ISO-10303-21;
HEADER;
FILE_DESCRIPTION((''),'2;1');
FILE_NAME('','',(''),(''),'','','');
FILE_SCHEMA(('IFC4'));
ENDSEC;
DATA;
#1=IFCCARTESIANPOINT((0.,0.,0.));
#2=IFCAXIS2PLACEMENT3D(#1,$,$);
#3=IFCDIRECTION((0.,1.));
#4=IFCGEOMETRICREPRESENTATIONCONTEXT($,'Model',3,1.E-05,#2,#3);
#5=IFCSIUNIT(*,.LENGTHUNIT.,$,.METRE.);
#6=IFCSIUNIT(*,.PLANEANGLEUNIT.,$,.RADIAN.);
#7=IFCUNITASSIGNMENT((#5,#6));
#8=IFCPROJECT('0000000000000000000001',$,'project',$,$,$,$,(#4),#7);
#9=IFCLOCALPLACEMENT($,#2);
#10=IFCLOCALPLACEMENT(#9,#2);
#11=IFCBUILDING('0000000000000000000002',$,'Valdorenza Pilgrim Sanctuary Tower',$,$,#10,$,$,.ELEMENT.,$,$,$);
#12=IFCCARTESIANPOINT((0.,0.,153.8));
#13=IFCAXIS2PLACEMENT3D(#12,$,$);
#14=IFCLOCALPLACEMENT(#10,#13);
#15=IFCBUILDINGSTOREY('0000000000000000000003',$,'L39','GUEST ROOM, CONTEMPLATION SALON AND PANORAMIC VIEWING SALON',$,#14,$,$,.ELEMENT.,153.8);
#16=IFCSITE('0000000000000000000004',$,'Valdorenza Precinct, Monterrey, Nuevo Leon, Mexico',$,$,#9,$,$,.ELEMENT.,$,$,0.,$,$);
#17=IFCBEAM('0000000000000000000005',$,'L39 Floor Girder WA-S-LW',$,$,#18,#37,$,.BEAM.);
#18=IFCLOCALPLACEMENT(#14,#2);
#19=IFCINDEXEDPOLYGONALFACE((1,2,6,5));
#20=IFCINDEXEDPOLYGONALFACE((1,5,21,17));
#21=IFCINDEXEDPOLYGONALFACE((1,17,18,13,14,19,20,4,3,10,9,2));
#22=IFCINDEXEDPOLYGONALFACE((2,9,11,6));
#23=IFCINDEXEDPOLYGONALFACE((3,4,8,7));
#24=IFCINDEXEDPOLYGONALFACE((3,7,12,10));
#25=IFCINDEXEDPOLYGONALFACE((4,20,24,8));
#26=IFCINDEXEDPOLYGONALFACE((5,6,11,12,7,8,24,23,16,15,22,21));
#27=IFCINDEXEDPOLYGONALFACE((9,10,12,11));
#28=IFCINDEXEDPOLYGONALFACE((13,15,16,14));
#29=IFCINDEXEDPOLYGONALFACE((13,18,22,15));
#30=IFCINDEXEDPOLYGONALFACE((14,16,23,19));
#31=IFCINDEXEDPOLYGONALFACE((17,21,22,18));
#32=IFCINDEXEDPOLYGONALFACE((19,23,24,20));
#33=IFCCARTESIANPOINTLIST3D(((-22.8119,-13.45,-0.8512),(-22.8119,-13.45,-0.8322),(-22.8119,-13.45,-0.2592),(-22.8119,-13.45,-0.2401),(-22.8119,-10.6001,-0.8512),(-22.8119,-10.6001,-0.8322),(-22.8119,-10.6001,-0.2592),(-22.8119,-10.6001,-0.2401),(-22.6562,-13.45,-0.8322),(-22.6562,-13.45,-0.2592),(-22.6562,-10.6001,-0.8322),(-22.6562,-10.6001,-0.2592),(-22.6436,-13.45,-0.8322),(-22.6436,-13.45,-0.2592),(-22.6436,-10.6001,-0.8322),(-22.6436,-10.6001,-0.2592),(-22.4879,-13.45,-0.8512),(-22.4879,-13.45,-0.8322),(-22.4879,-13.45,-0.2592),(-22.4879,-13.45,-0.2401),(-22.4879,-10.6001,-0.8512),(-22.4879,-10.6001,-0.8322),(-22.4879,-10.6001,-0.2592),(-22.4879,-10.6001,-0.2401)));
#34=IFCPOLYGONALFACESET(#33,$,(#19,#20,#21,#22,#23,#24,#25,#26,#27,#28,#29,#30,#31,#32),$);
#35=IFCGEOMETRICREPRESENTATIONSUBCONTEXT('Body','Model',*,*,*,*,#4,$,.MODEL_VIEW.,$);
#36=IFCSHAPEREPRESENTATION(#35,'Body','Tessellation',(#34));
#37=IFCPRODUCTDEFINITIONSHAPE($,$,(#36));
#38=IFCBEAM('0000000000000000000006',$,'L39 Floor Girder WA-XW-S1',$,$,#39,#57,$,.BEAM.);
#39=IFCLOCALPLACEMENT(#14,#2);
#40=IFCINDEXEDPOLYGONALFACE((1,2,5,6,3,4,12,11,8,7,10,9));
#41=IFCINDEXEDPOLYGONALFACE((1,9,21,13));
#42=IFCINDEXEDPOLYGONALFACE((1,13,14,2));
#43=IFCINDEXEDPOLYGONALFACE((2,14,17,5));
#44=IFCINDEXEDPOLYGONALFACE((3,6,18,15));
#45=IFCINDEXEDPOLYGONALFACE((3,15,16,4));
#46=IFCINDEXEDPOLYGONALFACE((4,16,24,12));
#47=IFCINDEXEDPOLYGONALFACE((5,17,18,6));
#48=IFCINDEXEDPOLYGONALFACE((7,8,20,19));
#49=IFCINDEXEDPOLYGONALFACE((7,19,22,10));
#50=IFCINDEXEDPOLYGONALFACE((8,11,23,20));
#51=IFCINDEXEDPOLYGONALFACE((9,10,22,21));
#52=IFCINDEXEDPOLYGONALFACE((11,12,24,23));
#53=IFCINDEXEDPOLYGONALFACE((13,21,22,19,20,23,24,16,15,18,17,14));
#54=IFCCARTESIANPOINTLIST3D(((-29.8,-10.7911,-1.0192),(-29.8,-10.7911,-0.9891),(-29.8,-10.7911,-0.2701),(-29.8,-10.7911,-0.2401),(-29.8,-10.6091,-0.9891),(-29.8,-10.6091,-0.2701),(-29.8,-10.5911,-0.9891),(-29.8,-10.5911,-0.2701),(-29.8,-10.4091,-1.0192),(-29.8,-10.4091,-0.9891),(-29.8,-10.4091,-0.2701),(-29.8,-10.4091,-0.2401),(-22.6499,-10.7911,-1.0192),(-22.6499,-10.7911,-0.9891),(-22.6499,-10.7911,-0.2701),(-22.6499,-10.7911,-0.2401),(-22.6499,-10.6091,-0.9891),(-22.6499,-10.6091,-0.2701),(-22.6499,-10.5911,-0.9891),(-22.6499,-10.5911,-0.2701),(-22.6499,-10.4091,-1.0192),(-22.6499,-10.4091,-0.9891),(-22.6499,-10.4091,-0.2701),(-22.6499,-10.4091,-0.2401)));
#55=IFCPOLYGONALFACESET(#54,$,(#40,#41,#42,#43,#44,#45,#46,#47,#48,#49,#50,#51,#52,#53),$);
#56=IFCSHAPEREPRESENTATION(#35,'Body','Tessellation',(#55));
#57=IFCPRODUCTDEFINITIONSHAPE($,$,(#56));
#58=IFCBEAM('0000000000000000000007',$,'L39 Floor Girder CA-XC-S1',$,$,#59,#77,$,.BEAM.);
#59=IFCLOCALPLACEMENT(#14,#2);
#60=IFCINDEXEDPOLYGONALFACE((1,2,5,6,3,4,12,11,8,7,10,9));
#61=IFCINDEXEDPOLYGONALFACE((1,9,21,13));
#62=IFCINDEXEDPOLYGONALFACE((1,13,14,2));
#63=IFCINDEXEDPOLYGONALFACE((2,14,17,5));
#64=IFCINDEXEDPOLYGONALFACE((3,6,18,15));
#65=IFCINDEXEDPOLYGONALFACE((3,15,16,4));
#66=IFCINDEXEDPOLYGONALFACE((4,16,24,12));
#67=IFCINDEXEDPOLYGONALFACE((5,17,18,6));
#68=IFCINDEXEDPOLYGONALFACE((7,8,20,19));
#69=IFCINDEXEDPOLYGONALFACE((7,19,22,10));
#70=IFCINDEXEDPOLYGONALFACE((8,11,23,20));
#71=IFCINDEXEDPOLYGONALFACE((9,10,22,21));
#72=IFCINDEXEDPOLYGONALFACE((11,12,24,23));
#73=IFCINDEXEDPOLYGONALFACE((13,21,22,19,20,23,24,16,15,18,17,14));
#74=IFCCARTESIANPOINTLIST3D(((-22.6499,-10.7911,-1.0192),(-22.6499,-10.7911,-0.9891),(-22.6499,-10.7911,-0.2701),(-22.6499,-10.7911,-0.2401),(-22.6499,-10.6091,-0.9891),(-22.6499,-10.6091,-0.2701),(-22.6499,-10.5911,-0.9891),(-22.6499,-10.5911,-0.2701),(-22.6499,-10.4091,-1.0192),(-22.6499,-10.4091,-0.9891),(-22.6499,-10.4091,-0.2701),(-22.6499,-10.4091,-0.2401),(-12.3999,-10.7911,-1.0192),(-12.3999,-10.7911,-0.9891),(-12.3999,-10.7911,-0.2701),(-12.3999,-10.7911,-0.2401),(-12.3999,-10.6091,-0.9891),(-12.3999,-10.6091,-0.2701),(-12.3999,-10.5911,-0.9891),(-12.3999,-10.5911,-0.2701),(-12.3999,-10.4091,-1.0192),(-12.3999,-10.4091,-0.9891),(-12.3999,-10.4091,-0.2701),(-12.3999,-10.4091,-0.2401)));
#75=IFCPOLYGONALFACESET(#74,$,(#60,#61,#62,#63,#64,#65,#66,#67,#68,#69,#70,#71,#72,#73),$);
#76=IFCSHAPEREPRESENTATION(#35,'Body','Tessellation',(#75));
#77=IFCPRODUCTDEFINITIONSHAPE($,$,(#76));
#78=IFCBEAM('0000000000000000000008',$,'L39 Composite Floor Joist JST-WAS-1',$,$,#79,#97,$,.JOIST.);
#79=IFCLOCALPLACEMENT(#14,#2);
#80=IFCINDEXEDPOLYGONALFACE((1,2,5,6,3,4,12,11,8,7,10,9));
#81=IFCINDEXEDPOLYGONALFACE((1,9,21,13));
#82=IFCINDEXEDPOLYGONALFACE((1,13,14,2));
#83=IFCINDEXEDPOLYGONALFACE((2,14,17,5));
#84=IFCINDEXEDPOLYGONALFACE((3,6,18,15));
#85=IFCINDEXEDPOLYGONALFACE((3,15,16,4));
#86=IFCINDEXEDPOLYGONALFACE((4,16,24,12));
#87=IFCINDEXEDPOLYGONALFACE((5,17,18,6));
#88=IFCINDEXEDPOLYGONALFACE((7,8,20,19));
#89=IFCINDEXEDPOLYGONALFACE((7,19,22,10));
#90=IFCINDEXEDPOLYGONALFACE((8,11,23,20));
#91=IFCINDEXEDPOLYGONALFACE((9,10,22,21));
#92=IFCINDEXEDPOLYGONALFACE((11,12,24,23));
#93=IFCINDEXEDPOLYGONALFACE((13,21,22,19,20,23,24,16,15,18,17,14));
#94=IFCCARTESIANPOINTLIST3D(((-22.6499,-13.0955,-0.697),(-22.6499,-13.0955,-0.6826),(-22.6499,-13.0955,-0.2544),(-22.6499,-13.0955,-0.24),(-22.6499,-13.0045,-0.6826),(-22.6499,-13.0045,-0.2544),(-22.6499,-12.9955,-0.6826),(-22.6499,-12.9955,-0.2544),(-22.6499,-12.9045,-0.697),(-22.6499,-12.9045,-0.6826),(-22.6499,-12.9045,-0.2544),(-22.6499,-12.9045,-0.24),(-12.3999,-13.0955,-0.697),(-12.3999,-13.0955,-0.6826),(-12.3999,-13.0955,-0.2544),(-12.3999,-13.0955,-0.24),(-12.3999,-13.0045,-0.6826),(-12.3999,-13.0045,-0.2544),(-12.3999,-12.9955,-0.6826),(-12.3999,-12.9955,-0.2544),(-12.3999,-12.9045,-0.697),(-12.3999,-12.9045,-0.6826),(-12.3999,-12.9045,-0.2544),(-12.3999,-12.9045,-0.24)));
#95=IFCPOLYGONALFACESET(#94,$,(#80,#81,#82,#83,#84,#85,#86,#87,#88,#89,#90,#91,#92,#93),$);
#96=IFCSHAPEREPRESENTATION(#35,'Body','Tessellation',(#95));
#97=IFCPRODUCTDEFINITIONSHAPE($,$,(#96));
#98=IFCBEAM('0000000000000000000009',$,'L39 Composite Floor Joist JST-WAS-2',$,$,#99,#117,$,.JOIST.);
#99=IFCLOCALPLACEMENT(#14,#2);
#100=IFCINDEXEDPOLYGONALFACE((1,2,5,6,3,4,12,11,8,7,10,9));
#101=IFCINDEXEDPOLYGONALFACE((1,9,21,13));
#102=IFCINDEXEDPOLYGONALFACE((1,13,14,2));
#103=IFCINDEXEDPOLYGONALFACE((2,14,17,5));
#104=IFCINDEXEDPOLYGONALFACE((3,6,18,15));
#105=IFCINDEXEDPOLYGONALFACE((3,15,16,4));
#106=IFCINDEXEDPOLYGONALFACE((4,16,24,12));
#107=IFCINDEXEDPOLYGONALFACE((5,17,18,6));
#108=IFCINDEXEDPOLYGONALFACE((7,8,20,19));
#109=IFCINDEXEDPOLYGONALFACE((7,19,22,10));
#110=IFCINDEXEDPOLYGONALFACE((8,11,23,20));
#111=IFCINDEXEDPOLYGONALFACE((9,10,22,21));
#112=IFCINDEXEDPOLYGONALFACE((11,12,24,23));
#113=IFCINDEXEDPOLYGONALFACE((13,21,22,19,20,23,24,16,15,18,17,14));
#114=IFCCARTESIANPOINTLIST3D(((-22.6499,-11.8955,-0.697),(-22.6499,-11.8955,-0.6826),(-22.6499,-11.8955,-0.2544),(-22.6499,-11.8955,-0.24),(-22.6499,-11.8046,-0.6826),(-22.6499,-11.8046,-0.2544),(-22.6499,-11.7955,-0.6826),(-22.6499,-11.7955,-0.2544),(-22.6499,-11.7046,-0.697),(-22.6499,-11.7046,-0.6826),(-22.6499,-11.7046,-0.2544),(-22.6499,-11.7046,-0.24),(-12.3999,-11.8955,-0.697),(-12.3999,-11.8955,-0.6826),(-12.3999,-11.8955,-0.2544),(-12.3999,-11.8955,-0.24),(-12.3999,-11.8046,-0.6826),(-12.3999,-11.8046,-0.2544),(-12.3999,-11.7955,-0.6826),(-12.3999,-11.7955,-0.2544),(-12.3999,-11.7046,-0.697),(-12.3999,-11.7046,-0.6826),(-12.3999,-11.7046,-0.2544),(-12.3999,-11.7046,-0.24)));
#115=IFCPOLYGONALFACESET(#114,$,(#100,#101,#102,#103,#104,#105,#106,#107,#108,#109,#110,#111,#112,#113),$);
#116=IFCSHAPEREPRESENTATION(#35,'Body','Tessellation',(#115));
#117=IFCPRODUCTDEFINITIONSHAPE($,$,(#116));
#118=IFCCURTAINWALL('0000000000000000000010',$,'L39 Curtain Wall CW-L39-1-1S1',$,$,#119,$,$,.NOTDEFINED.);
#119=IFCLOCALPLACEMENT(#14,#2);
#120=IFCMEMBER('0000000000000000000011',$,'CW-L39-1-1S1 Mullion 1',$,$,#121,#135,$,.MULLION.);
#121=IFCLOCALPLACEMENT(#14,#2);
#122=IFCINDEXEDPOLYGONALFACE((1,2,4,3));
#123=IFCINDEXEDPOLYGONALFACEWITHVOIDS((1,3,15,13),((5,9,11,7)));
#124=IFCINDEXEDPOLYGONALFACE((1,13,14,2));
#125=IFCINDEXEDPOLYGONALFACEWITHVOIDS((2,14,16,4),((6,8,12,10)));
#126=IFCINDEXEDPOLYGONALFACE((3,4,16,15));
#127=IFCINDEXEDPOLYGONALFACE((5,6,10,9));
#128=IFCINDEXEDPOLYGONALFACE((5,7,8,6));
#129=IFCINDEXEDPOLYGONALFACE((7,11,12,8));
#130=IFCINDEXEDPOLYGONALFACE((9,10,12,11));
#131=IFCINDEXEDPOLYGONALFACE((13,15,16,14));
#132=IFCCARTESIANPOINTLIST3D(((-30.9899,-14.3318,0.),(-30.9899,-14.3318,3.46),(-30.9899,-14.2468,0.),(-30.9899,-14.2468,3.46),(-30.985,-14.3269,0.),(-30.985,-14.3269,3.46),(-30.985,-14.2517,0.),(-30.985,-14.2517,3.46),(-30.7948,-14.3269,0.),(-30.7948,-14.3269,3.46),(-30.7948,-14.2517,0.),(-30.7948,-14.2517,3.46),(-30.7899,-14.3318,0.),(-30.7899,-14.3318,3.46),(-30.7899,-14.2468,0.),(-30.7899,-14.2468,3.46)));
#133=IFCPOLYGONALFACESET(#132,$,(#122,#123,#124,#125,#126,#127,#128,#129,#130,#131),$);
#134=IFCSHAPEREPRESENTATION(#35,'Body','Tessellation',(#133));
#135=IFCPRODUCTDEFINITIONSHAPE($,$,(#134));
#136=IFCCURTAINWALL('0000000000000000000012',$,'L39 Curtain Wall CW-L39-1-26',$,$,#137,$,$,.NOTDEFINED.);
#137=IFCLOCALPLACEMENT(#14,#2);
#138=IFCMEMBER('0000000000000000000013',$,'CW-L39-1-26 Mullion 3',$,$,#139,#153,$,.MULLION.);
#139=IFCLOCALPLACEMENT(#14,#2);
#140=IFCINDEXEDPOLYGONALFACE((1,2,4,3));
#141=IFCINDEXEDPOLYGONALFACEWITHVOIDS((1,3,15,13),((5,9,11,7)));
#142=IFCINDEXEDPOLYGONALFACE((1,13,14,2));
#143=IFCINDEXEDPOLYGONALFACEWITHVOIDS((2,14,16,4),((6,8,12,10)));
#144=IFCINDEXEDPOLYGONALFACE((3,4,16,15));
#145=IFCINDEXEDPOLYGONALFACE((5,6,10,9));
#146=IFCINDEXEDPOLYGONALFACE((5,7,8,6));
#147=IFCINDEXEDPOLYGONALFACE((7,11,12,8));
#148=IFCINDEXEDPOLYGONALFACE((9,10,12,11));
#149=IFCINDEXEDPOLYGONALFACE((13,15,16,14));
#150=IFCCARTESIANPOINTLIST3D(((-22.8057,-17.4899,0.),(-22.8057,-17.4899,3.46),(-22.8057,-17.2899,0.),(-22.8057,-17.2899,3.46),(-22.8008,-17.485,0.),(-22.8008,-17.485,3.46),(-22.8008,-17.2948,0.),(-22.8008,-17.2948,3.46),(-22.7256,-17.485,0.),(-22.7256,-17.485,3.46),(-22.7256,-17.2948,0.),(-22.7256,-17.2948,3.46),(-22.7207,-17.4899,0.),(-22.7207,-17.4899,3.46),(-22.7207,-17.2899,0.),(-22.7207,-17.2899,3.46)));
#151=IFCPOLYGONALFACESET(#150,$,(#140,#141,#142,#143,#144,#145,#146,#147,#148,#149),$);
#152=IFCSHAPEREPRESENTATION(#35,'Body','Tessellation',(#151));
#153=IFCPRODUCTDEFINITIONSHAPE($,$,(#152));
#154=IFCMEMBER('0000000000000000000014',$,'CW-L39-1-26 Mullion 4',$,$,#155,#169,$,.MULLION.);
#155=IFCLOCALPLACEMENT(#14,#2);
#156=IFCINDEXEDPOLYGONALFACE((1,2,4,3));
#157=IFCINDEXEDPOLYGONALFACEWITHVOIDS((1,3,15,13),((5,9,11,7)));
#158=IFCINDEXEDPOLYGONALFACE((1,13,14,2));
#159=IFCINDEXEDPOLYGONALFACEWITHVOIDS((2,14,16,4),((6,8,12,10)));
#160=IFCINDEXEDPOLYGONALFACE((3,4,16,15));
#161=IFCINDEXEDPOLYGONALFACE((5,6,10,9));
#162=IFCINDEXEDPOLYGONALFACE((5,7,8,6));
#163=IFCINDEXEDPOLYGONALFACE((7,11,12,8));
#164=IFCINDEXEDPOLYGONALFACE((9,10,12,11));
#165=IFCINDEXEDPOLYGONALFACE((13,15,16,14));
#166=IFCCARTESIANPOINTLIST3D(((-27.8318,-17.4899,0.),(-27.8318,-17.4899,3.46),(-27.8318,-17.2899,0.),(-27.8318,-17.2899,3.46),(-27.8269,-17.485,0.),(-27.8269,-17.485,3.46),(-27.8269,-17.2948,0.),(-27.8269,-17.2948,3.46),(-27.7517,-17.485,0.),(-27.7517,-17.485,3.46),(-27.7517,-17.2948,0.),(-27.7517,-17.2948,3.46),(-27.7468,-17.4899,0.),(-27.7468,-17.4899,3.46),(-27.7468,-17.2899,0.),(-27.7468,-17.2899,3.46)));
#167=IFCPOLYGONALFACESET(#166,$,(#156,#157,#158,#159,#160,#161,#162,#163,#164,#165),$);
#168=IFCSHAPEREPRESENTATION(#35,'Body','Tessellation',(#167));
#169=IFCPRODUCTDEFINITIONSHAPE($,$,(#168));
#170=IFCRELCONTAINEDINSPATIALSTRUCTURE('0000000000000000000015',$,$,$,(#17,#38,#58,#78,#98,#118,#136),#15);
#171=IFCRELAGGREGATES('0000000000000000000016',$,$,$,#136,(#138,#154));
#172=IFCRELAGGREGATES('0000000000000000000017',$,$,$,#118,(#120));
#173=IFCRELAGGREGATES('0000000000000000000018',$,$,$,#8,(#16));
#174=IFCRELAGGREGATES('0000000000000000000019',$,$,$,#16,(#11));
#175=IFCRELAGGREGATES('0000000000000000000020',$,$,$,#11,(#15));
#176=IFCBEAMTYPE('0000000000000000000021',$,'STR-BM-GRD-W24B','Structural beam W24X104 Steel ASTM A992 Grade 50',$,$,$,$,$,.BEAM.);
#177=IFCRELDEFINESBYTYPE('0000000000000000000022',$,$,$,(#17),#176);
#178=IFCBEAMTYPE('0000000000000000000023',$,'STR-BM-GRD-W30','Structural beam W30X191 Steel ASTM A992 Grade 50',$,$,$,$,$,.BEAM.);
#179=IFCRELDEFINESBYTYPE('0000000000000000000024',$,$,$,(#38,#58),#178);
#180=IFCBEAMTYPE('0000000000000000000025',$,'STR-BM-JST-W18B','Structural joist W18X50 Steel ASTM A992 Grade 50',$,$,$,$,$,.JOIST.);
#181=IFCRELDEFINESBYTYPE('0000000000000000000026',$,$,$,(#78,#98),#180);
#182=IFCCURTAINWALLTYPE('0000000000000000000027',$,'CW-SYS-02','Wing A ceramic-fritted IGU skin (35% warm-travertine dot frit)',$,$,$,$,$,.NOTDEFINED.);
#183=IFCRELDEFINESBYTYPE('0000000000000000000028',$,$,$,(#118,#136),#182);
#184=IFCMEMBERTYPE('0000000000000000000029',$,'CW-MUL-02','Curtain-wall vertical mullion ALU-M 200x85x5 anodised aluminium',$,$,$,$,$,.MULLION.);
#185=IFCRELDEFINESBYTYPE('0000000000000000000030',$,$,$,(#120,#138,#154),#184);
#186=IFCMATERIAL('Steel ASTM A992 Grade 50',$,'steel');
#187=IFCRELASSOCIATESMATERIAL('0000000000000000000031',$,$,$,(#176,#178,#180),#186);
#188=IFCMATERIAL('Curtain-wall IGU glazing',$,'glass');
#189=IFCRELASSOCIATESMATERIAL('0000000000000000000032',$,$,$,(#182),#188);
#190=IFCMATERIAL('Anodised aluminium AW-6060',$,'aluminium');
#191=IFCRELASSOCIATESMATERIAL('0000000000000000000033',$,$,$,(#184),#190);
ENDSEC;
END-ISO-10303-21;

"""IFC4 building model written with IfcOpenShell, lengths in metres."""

from ifc_helpers import new_model, si_unit, direction, frame, origin, origin_2d, place, context, subcontext, project, spatial, hollow_rectangle, i_section, extrude, source, transform, mapped, material, material_profile, profile_set, type_object, element, aggregate, save


model = new_model("IFC4")

# Units and contexts
model_context = context("Model", 3, precision=1e-05, world=origin(), true_north=direction((0.0, 1.0)))
body_context = subcontext(model_context, "Body", "Model", "MODEL_VIEW")
ifc_project = project(units=[si_unit("LENGTHUNIT", "METRE"), si_unit("PLANEANGLEUNIT", "RADIAN")], contexts=[model_context])

# Site, building, storey
site_placement = place(None, origin())
site = spatial("IfcSite", under=ifc_project, at=site_placement, Name="Valdorenza Precinct, Monterrey, Nuevo Leon, Mexico", CompositionType="ELEMENT", RefElevation=0.0)
building_placement = place(site_placement, origin())
building = spatial("IfcBuilding", under=site, at=building_placement, Name="Valdorenza Pilgrim Sanctuary Tower", CompositionType="ELEMENT")
storey_placement = place(building_placement, frame((0.0, 0.0, 153.8)))
storey = spatial("IfcBuildingStorey", under=building, at=storey_placement, Name="L39", Description="GUEST ROOM, CONTEMPLATION SALON AND PANORAMIC VIEWING SALON", CompositionType="ELEMENT", Elevation=153.8)

# Shared definitions
ifc_material_1 = material(Name="Steel ASTM A992 Grade 50", Category="steel")

# Beams
ifc_material_profile_1 = material_profile(ifc_material_1, i_section(OverallWidth=0.324, OverallDepth=0.6111, WebThickness=0.0127, FlangeThickness=0.019, at=origin_2d()), Name="W24X104")
ifc_profile_set_1 = profile_set([ifc_material_profile_1], Name="Steel ASTM A992 Grade 50")
beam_type_1 = type_object("IfcBeamType", Name="STR-BM-GRD-W24B", Description="Structural beam W24X104 Steel ASTM A992 Grade 50", PredefinedType="BEAM", material=ifc_profile_set_1)
shared_shape_1 = source(origin(), body_context, "Body", "SweptSolid", [
    extrude(i_section(OverallWidth=0.324, OverallDepth=0.6111, WebThickness=0.0127, FlangeThickness=0.019, at=origin_2d()), origin(), (0.0, 0.0, 1.0), 2.8499),
])
beam_1_placement = place(storey_placement, frame((-22.6499, -13.45, -0.5457), z_axis=(0.0, 1.0, 0.0), x_axis=(-1.0, 0.0, 0.0)))
element("IfcBeam", 1, at=beam_1_placement, inside=storey, type_object=beam_type_1, Name="L39 Floor Girder WA-S-LW", PredefinedType="BEAM", context=body_context, shape_type="MappedRepresentation", body=[
    mapped(shared_shape_1, transform((0.0, 0.0, 0.0), x_axis=(1.0, 0.0, 0.0), y_axis=(0.0, 1.0, 0.0), z_axis=(0.0, 0.0, 1.0), scale=1.0)),
])
ifc_material_profile_2 = material_profile(ifc_material_1, i_section(OverallWidth=0.3821, OverallDepth=0.7791, WebThickness=0.0181, FlangeThickness=0.03, at=origin_2d()), Name="W30X191")
ifc_profile_set_2 = profile_set([ifc_material_profile_2], Name="Steel ASTM A992 Grade 50")
beam_type_2 = type_object("IfcBeamType", Name="STR-BM-GRD-W30", Description="Structural beam W30X191 Steel ASTM A992 Grade 50", PredefinedType="BEAM", material=ifc_profile_set_2)
shared_shape_2 = source(origin(), body_context, "Body", "SweptSolid", [
    extrude(i_section(OverallWidth=0.3821, OverallDepth=0.7791, WebThickness=0.0181, FlangeThickness=0.03, at=origin_2d()), origin(), (0.0, 0.0, 1.0), 7.1501),
])
beam_2_placement = place(storey_placement, frame((-29.8, -10.6001, -0.6296), z_axis=(1.0, 0.0, 0.0), x_axis=(0.0, 1.0, 0.0)))
element("IfcBeam", 2, at=beam_2_placement, inside=storey, type_object=beam_type_2, Name="L39 Floor Girder WA-XW-S1", PredefinedType="BEAM", context=body_context, shape_type="MappedRepresentation", body=[
    mapped(shared_shape_2, transform((0.0, 0.0, 0.0), x_axis=(1.0, 0.0, 0.0), y_axis=(0.0, 1.0, 0.0), z_axis=(0.0, 0.0, 1.0), scale=1.0)),
])
shared_shape_3 = source(origin(), body_context, "Body", "SweptSolid", [
    extrude(i_section(OverallWidth=0.3821, OverallDepth=0.7791, WebThickness=0.0181, FlangeThickness=0.03, at=origin_2d()), origin(), (0.0, 0.0, 1.0), 10.25),
])
beam_3_placement = place(storey_placement, frame((-22.6499, -10.6001, -0.6296), z_axis=(1.0, 0.0, 0.0), x_axis=(0.0, 1.0, 0.0)))
element("IfcBeam", 3, at=beam_3_placement, inside=storey, type_object=beam_type_2, Name="L39 Floor Girder CA-XC-S1", PredefinedType="BEAM", context=body_context, shape_type="MappedRepresentation", body=[
    mapped(shared_shape_3, transform((0.0, 0.0, 0.0), x_axis=(1.0, 0.0, 0.0), y_axis=(0.0, 1.0, 0.0), z_axis=(0.0, 0.0, 1.0), scale=1.0)),
])
ifc_material_profile_3 = material_profile(ifc_material_1, i_section(OverallWidth=0.1909, OverallDepth=0.457, WebThickness=0.009, FlangeThickness=0.0144, at=origin_2d()), Name="W18X50")
ifc_profile_set_3 = profile_set([ifc_material_profile_3], Name="Steel ASTM A992 Grade 50")
beam_type_3 = type_object("IfcBeamType", Name="STR-BM-JST-W18B", Description="Structural joist W18X50 Steel ASTM A992 Grade 50", PredefinedType="JOIST", material=ifc_profile_set_3)
shared_shape_4 = source(origin(), body_context, "Body", "SweptSolid", [
    extrude(i_section(OverallWidth=0.1909, OverallDepth=0.457, WebThickness=0.009, FlangeThickness=0.0144, at=origin_2d()), origin(), (0.0, 0.0, 1.0), 10.25),
])
for number, where, z_axis, x_axis, name in (
    (4, (-22.6499, -13.0, -0.4685), (1.0, 0.0, 0.0), (0.0, 1.0, 0.0), "L39 Composite Floor Joist JST-WAS-1"),
    (5, (-22.6499, -11.8, -0.4685), (1.0, 0.0, 0.0), (0.0, 1.0, 0.0), "L39 Composite Floor Joist JST-WAS-2"),
):
    element("IfcBeam", number, at=place(storey_placement, frame(where, z_axis=z_axis, x_axis=x_axis)), inside=storey, type_object=beam_type_3, Name=name, PredefinedType="JOIST", context=body_context, shape_type="MappedRepresentation", body=[
        mapped(shared_shape_4, transform((0.0, 0.0, 0.0), x_axis=(1.0, 0.0, 0.0), y_axis=(0.0, 1.0, 0.0), z_axis=(0.0, 0.0, 1.0), scale=1.0)),
    ])

# Curtain wall, member
ifc_material_2 = material(Name="Curtain-wall IGU glazing", Category="glass")
curtain_wall_type = type_object("IfcCurtainWallType", Name="CW-SYS-02", Description="Wing A ceramic-fritted IGU skin (35% warm-travertine dot frit)", PredefinedType="NOTDEFINED", material=ifc_material_2)
curtain_wall_1_placement = place(storey_placement, origin())
curtain_wall_1 = element("IfcCurtainWall", 6, at=curtain_wall_1_placement, inside=storey, type_object=curtain_wall_type, Name="L39 Curtain Wall CW-L39-1-1S1", PredefinedType="NOTDEFINED")
ifc_material_3 = material(Name="Anodised aluminium AW-6060", Category="aluminium")
ifc_material_profile_4 = material_profile(ifc_material_3, hollow_rectangle(XDim=0.085, YDim=0.2, WallThickness=0.0049, at=origin_2d()), Name="ALU-M 200x85x5")
ifc_profile_set_4 = profile_set([ifc_material_profile_4], Name="Anodised aluminium AW-6060")
member_type_1 = type_object("IfcMemberType", Name="CW-MUL-02", Description="Curtain-wall vertical mullion ALU-M 200x85x5 anodised aluminium", PredefinedType="MULLION", material=ifc_profile_set_4)
shared_shape_5 = source(origin(), body_context, "Body", "SweptSolid", [
    extrude(hollow_rectangle(XDim=0.085, YDim=0.2, WallThickness=0.0049, at=origin_2d()), origin(), (0.0, 0.0, 1.0), 3.46),
])
member_1_placement = place(storey_placement, frame((-30.8899, -14.2893, 0.0), z_axis=(0.0, 0.0, 1.0), x_axis=(0.0, 1.0, 0.0)))
member_1 = element("IfcMember", 7, at=member_1_placement, type_object=member_type_1, Name="CW-L39-1-1S1 Mullion 1", PredefinedType="MULLION", context=body_context, shape_type="MappedRepresentation", body=[
    mapped(shared_shape_5, transform((0.0, 0.0, 0.0), x_axis=(1.0, 0.0, 0.0), y_axis=(0.0, 1.0, 0.0), z_axis=(0.0, 0.0, 1.0), scale=1.0)),
])

# Curtain wall, members
curtain_wall_2_placement = place(storey_placement, origin())
curtain_wall_2 = element("IfcCurtainWall", 8, at=curtain_wall_2_placement, inside=storey, type_object=curtain_wall_type, Name="L39 Curtain Wall CW-L39-1-26", PredefinedType="NOTDEFINED")
member_2_placement = place(storey_placement, frame((-22.7632, -17.3899, 0.0), z_axis=(0.0, 0.0, 1.0), x_axis=(-1.0, 0.0, 0.0)))
member_2 = element("IfcMember", 9, at=member_2_placement, type_object=member_type_1, Name="CW-L39-1-26 Mullion 3", PredefinedType="MULLION", context=body_context, shape_type="MappedRepresentation", body=[
    mapped(shared_shape_5, transform((0.0, 0.0, 0.0), x_axis=(1.0, 0.0, 0.0), y_axis=(0.0, 1.0, 0.0), z_axis=(0.0, 0.0, 1.0), scale=1.0)),
])
member_3_placement = place(storey_placement, frame((-27.7893, -17.3899, 0.0), z_axis=(0.0, 0.0, 1.0), x_axis=(-1.0, 0.0, 0.0)))
member_3 = element("IfcMember", 10, at=member_3_placement, type_object=member_type_1, Name="CW-L39-1-26 Mullion 4", PredefinedType="MULLION", context=body_context, shape_type="MappedRepresentation", body=[
    mapped(shared_shape_5, transform((0.0, 0.0, 0.0), x_axis=(1.0, 0.0, 0.0), y_axis=(0.0, 1.0, 0.0), z_axis=(0.0, 0.0, 1.0), scale=1.0)),
])

aggregate(curtain_wall_2, [member_2, member_3])
aggregate(curtain_wall_1, [member_1])

save(model, "model.ifc")
